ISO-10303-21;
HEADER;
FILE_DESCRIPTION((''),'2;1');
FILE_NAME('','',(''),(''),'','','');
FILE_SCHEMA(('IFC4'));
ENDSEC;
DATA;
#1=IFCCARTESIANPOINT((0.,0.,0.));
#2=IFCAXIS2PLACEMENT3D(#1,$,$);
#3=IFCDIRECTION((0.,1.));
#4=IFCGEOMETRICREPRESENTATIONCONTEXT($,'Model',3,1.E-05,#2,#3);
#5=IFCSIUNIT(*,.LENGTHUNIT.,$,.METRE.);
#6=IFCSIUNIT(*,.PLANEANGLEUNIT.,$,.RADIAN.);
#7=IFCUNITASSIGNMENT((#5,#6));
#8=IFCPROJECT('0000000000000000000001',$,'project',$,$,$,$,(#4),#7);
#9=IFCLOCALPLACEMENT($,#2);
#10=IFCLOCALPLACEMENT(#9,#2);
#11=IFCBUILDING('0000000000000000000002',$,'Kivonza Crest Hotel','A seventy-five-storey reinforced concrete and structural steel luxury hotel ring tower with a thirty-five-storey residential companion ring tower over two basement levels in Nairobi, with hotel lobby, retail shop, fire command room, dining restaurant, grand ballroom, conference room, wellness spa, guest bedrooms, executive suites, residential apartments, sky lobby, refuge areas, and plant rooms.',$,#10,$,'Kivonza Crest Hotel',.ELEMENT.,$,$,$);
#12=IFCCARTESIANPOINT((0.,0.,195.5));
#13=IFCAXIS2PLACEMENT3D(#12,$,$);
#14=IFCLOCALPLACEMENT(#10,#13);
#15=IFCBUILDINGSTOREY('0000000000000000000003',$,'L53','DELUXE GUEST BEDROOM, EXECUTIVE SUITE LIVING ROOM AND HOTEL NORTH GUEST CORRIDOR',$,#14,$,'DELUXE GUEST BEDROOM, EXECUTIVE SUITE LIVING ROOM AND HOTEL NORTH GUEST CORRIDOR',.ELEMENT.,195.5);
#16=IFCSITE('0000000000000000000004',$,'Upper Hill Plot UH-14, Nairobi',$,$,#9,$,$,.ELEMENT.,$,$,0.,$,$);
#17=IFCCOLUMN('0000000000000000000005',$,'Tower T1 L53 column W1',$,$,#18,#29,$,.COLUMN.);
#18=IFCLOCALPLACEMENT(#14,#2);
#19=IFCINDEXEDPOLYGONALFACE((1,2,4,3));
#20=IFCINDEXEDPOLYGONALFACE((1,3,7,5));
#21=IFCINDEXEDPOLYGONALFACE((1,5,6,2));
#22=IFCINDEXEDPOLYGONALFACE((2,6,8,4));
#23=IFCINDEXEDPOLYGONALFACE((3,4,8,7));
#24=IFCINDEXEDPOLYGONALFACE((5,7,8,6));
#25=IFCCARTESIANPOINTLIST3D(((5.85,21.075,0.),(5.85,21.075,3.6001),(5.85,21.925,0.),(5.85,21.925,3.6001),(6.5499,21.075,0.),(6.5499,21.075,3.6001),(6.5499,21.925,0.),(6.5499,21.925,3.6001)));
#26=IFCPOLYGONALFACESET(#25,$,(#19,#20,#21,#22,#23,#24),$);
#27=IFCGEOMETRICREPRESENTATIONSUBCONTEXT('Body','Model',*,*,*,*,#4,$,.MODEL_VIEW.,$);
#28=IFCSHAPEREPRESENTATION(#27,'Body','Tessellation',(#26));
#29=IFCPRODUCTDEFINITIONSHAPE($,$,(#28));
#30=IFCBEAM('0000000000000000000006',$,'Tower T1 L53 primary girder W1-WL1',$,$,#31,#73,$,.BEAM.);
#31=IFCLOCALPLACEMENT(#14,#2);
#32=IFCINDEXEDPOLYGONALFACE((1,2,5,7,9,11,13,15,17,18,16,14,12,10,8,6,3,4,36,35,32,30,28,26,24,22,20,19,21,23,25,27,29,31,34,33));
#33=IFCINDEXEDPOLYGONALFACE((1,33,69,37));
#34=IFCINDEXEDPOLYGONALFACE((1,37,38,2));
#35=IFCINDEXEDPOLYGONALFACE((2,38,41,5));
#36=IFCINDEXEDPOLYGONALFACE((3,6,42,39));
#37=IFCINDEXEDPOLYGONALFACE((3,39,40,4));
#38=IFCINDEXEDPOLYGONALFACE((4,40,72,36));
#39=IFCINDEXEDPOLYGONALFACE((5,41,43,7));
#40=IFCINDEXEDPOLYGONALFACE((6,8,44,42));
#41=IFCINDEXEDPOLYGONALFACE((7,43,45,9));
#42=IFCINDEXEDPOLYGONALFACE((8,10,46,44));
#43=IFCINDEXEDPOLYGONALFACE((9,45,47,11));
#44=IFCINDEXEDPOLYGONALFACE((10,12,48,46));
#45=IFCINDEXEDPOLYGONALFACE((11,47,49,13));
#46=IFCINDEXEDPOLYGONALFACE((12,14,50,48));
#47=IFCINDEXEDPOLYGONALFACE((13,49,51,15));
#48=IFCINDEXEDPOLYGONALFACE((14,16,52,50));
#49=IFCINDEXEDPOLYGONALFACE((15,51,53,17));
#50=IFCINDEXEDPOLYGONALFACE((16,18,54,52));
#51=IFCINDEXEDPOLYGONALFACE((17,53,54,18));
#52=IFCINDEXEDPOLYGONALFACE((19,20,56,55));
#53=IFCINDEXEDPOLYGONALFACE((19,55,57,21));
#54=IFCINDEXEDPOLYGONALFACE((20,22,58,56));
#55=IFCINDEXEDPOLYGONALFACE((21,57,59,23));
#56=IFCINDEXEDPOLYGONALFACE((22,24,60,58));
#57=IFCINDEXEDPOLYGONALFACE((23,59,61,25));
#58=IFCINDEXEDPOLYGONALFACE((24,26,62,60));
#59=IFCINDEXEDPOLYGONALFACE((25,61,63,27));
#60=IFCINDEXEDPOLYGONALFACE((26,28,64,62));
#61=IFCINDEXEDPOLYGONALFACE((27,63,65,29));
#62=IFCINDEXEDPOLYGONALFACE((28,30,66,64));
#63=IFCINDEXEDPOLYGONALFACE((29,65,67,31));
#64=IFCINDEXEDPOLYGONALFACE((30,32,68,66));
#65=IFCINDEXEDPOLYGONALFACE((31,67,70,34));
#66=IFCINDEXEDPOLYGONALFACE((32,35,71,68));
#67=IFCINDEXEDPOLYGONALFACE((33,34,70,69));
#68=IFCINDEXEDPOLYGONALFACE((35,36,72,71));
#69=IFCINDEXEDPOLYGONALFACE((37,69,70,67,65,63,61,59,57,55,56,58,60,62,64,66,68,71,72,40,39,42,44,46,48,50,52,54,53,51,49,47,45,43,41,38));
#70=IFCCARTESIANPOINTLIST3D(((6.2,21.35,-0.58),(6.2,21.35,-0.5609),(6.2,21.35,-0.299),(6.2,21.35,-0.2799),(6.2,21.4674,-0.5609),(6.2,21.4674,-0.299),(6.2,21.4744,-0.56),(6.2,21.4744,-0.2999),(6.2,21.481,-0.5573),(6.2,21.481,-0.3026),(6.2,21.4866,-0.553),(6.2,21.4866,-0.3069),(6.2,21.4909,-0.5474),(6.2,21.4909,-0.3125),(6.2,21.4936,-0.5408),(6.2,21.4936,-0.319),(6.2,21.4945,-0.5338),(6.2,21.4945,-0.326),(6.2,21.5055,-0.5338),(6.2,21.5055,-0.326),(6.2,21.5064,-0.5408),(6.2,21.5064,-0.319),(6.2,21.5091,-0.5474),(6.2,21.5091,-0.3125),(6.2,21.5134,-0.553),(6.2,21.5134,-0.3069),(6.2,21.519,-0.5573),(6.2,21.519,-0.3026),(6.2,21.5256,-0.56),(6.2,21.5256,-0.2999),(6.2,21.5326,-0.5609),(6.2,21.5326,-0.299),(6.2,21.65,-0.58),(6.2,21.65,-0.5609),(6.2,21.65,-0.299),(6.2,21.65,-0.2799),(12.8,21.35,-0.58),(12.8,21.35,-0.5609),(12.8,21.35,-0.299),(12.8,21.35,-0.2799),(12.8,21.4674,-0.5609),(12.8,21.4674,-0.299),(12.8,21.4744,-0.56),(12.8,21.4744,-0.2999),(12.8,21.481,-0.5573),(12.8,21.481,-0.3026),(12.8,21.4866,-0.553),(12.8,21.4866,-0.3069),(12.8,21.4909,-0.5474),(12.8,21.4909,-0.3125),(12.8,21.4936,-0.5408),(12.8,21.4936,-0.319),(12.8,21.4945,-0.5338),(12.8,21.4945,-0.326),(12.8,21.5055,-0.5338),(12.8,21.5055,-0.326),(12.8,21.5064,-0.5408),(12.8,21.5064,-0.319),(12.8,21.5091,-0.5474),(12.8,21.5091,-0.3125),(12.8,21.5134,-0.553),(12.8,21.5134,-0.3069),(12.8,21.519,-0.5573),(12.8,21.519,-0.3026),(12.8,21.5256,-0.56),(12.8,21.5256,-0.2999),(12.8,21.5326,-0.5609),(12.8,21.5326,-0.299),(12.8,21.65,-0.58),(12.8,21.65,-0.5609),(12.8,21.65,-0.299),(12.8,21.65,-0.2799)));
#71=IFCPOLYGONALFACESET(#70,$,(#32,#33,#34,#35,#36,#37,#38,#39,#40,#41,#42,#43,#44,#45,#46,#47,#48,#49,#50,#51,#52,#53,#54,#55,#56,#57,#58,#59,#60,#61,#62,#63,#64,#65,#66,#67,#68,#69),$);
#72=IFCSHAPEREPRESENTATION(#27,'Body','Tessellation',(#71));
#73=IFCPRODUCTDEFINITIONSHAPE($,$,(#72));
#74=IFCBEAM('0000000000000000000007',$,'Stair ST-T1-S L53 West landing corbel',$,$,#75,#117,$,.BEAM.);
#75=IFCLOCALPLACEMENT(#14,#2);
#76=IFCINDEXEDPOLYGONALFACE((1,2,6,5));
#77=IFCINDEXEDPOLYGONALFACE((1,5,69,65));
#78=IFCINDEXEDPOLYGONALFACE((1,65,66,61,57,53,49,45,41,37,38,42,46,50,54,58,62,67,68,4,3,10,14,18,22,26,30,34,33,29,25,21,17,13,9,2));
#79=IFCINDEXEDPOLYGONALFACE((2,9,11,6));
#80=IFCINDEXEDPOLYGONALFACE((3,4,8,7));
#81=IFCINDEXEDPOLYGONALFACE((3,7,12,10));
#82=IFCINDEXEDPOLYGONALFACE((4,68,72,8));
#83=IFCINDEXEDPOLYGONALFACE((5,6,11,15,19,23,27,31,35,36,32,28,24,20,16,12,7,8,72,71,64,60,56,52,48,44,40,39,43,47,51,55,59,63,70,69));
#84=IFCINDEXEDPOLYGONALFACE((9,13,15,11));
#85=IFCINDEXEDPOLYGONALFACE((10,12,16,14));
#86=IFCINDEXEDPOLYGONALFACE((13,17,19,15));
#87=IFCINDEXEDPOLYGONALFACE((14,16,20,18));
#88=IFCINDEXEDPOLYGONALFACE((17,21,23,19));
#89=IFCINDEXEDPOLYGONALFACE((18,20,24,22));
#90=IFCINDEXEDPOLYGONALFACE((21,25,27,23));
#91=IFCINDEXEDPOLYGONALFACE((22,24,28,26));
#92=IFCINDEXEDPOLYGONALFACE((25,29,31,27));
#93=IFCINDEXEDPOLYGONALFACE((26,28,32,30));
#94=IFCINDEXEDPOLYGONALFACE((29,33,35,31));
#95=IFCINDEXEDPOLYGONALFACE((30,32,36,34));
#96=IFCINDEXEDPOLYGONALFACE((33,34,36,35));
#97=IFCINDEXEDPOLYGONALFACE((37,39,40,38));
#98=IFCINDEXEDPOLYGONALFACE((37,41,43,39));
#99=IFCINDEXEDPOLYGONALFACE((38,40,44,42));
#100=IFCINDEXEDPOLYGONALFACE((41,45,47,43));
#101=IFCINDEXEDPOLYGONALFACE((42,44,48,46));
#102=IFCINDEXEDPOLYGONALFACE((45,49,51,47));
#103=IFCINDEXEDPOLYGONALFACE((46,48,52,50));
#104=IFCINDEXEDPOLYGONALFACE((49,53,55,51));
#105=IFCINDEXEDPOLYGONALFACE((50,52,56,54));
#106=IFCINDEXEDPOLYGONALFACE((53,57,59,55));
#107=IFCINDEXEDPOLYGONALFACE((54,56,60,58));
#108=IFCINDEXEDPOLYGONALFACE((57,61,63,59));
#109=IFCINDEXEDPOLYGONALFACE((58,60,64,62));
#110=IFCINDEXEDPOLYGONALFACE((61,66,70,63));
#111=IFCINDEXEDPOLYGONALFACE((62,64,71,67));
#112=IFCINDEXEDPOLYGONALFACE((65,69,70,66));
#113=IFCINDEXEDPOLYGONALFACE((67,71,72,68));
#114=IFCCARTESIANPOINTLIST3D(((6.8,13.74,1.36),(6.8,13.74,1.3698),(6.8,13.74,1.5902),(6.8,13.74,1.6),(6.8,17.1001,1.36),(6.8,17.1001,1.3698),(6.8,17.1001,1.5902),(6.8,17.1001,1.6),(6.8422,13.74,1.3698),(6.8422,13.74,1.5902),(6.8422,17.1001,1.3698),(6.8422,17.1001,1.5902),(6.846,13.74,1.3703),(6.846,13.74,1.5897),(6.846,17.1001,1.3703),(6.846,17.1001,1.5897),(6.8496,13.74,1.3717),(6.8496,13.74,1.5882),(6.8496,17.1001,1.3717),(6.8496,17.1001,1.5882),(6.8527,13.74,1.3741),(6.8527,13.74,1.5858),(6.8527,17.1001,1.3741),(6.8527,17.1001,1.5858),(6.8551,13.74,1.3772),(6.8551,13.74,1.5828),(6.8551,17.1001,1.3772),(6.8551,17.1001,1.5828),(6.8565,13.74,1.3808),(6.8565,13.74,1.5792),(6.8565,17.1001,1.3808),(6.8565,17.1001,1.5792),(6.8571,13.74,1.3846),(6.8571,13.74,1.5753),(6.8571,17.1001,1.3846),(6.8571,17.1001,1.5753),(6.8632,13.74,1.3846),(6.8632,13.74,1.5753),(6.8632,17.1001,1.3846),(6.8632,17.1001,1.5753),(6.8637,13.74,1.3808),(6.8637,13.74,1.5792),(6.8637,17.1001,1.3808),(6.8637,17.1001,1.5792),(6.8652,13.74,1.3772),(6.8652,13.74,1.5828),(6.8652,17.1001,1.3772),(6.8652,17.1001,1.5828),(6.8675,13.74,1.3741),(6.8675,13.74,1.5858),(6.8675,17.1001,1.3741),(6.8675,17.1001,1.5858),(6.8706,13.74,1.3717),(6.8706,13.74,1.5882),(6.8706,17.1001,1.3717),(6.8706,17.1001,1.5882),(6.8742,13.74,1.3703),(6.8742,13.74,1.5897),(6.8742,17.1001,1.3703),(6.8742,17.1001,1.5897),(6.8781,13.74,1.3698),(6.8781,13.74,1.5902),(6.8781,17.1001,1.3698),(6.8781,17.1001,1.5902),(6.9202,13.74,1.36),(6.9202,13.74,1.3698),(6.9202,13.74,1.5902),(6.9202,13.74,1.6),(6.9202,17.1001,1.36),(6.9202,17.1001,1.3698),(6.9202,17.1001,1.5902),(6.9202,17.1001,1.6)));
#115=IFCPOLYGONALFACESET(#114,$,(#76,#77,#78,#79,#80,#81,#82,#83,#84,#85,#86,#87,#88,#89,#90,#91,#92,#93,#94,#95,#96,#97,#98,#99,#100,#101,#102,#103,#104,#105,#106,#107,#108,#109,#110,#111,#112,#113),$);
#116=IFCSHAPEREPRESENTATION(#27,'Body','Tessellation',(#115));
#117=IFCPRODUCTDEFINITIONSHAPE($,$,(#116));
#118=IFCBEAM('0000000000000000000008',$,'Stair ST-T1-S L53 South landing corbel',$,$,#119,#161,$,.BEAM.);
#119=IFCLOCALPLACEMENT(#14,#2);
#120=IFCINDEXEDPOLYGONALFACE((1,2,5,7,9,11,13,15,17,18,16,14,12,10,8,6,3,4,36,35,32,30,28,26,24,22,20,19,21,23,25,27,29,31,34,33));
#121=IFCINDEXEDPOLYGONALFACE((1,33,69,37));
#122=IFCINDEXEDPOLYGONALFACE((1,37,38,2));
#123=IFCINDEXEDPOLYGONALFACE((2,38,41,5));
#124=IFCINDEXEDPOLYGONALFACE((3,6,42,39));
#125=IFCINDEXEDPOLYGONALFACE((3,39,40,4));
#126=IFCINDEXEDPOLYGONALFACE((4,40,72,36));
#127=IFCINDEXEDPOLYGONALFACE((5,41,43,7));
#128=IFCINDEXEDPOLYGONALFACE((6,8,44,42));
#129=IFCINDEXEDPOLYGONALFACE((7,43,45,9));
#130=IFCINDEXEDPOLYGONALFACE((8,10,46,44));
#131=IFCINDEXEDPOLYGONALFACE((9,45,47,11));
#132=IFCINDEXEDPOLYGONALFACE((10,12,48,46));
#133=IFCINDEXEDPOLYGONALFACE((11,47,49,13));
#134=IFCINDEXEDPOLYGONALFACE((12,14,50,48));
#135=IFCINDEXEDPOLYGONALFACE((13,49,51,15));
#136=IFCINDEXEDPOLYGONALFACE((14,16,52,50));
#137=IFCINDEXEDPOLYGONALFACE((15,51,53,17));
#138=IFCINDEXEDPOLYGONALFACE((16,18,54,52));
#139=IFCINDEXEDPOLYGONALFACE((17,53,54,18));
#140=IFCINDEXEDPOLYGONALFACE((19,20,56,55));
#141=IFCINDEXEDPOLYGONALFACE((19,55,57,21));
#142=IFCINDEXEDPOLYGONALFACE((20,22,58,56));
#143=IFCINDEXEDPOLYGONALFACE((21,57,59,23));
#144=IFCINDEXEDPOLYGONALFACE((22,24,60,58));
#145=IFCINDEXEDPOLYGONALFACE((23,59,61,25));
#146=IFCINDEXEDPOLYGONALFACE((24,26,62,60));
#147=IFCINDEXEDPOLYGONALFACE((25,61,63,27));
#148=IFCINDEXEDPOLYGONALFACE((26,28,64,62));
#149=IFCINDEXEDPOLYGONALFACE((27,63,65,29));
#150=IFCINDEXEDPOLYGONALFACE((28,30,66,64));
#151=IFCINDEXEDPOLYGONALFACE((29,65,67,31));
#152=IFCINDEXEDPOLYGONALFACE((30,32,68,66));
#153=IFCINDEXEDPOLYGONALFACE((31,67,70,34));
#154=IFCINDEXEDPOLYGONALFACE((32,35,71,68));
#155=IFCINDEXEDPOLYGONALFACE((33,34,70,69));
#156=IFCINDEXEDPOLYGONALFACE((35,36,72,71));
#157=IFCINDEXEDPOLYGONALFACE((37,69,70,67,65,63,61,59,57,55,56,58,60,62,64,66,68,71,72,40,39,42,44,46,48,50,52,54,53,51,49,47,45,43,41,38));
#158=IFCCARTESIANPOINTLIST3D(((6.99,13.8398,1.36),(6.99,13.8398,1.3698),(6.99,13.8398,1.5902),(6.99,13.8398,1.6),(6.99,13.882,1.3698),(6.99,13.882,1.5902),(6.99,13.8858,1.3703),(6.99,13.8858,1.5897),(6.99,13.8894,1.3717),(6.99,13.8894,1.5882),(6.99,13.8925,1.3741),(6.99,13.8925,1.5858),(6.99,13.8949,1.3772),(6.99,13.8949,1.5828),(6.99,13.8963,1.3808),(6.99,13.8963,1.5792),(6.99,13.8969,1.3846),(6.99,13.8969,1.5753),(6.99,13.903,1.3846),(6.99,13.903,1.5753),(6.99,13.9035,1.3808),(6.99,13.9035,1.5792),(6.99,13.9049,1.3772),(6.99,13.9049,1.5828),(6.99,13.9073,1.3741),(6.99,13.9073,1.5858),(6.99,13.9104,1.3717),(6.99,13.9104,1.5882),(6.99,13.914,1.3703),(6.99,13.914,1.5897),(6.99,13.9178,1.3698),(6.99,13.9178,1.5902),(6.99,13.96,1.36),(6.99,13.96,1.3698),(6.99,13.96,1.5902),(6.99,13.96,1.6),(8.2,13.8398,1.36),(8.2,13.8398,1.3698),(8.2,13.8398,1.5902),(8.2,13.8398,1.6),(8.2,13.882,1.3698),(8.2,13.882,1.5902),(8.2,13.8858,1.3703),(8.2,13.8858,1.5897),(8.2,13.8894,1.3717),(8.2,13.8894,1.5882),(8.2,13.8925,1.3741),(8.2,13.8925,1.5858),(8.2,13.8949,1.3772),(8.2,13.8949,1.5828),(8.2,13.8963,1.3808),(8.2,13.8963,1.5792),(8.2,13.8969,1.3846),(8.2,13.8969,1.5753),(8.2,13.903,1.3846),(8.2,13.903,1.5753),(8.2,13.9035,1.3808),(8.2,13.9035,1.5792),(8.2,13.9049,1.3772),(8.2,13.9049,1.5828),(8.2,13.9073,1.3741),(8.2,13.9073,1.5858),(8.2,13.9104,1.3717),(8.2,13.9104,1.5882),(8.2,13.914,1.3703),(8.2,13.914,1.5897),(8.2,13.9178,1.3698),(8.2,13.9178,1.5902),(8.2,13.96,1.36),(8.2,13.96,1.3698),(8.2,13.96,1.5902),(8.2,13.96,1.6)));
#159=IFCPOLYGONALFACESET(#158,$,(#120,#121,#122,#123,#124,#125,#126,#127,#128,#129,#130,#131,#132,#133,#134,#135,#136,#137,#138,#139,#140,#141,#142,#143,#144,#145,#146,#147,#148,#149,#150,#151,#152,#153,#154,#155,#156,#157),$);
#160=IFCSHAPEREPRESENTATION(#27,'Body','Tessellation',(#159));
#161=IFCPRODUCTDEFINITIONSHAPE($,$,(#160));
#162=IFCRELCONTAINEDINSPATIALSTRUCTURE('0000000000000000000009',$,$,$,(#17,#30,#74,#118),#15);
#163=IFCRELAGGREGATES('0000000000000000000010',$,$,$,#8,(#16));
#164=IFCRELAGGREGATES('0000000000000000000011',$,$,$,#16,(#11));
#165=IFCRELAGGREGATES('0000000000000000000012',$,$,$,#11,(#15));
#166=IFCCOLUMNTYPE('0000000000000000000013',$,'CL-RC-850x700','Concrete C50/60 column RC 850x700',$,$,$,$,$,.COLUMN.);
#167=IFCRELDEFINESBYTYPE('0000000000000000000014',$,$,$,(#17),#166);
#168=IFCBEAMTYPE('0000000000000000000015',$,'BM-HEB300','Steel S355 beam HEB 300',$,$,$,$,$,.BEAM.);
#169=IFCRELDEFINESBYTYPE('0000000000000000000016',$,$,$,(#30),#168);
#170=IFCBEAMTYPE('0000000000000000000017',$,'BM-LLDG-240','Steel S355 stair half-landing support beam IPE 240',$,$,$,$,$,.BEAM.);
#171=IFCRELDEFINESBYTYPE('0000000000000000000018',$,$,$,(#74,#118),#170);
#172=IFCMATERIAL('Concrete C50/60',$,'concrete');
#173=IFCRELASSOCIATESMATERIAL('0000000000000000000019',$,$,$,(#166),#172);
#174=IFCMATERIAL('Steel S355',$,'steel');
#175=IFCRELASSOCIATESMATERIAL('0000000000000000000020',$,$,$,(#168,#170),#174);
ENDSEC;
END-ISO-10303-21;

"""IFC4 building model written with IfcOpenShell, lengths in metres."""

from ifc_helpers import new_model, si_unit, direction, frame, origin, origin_2d, place, context, subcontext, project, spatial, rectangle, i_section, extrude, material, material_profile, profile_set, type_object, element, save


model = new_model("IFC4")

# Units and contexts
model_context = context("Model", 3, precision=1e-05, world=origin(), true_north=direction((0.0, 1.0)))
body_context = subcontext(model_context, "Body", "Model", "MODEL_VIEW")
ifc_project = project(units=[si_unit("LENGTHUNIT", "METRE"), si_unit("PLANEANGLEUNIT", "RADIAN")], contexts=[model_context])

# Site, building, storey
site_placement = place(None, origin())
site = spatial("IfcSite", under=ifc_project, at=site_placement, Name="Upper Hill Plot UH-14, Nairobi", CompositionType="ELEMENT", RefElevation=0.0)
building_placement = place(site_placement, origin())
building = spatial("IfcBuilding", under=site, at=building_placement, Name="Kivonza Crest Hotel", Description="A seventy-five-storey reinforced concrete and structural steel luxury hotel ring tower with a thirty-five-storey residential companion ring tower over two basement levels in Nairobi, with hotel lobby, retail shop, fire command room, dining restaurant, grand ballroom, conference room, wellness spa, guest bedrooms, executive suites, residential apartments, sky lobby, refuge areas, and plant rooms.", LongName="Kivonza Crest Hotel", CompositionType="ELEMENT")
storey_placement = place(building_placement, frame((0.0, 0.0, 195.5)))
storey = spatial("IfcBuildingStorey", under=building, at=storey_placement, Name="L53", Description="DELUXE GUEST BEDROOM, EXECUTIVE SUITE LIVING ROOM AND HOTEL NORTH GUEST CORRIDOR", LongName="DELUXE GUEST BEDROOM, EXECUTIVE SUITE LIVING ROOM AND HOTEL NORTH GUEST CORRIDOR", CompositionType="ELEMENT", Elevation=195.5)

# Column
ifc_material_1 = material(Name="Concrete C50/60", Category="concrete")
ifc_material_profile_1 = material_profile(ifc_material_1, rectangle(XDim=0.7, YDim=0.8501, at=origin_2d()), Name="RC 850x700")
ifc_profile_set_1 = profile_set([ifc_material_profile_1], Name="Concrete C50/60")
column_type = type_object("IfcColumnType", Name="CL-RC-850x700", Description="Concrete C50/60 column RC 850x700", PredefinedType="COLUMN", material=ifc_profile_set_1)
column_placement = place(storey_placement, frame((6.2, 21.5, 0.0), z_axis=(0.0, 0.0, 1.0), x_axis=(1.0, 0.0, 0.0)))
element("IfcColumn", 1, at=column_placement, inside=storey, type_object=column_type, Name="Tower T1 L53 column W1", PredefinedType="COLUMN", context=body_context, shape_type="SweptSolid", body=[
    extrude(rectangle(XDim=0.7, YDim=0.8501, at=origin_2d()), origin(), (0.0, 0.0, 1.0), 3.6001),
])

# Beams
ifc_material_2 = material(Name="Steel S355", Category="steel")
ifc_material_profile_2 = material_profile(ifc_material_2, i_section(OverallWidth=0.3, OverallDepth=0.3, WebThickness=0.011, FlangeThickness=0.019, FilletRadius=0.0271, at=origin_2d()), Name="HEB 300")
ifc_profile_set_2 = profile_set([ifc_material_profile_2], Name="Steel S355")
beam_type_1 = type_object("IfcBeamType", Name="BM-HEB300", Description="Steel S355 beam HEB 300", PredefinedType="BEAM", material=ifc_profile_set_2)
beam_1_placement = place(storey_placement, frame((6.2, 21.5, -0.4299), z_axis=(1.0, 0.0, 0.0), x_axis=(0.0, 1.0, 0.0)))
element("IfcBeam", 2, at=beam_1_placement, inside=storey, type_object=beam_type_1, Name="Tower T1 L53 primary girder W1-WL1", PredefinedType="BEAM", context=body_context, shape_type="SweptSolid", body=[
    extrude(i_section(OverallWidth=0.3, OverallDepth=0.3, WebThickness=0.011, FlangeThickness=0.019, FilletRadius=0.0271, at=origin_2d()), origin(), (0.0, 0.0, 1.0), 6.6001),
])
ifc_material_profile_3 = material_profile(ifc_material_2, i_section(OverallWidth=0.1201, OverallDepth=0.24, WebThickness=0.0061, FlangeThickness=0.0098, FilletRadius=0.0149, at=origin_2d()), Name="IPE 240")
ifc_profile_set_3 = profile_set([ifc_material_profile_3], Name="Steel S355")
beam_type_2 = type_object("IfcBeamType", Name="BM-LLDG-240", Description="Steel S355 stair half-landing support beam IPE 240", PredefinedType="BEAM", material=ifc_profile_set_3)
beam_2_placement = place(storey_placement, frame((6.8601, 13.74, 1.48), z_axis=(0.0, 1.0, 0.0), x_axis=(-1.0, 0.0, 0.0)))
element("IfcBeam", 3, at=beam_2_placement, inside=storey, type_object=beam_type_2, Name="Stair ST-T1-S L53 West landing corbel", PredefinedType="BEAM", context=body_context, shape_type="SweptSolid", body=[
    extrude(i_section(OverallWidth=0.1201, OverallDepth=0.24, WebThickness=0.0061, FlangeThickness=0.0098, FilletRadius=0.0149, at=origin_2d()), origin(), (0.0, 0.0, 1.0), 3.3601),
])
for number, where, z_axis, x_axis, name in (
    (4, (6.99, 13.8999, 1.48), (1.0, 0.0, 0.0), (0.0, 1.0, 0.0), "Stair ST-T1-S L53 South landing corbel"),
):
    element("IfcBeam", number, at=place(storey_placement, frame(where, z_axis=z_axis, x_axis=x_axis)), inside=storey, type_object=beam_type_2, Name=name, PredefinedType="BEAM", context=body_context, shape_type="SweptSolid", body=[
        extrude(i_section(OverallWidth=0.1201, OverallDepth=0.24, WebThickness=0.0061, FlangeThickness=0.0098, FilletRadius=0.0149, at=origin_2d()), origin(), (0.0, 0.0, 1.0), 1.21),
    ])

save(model, "model.ifc")
